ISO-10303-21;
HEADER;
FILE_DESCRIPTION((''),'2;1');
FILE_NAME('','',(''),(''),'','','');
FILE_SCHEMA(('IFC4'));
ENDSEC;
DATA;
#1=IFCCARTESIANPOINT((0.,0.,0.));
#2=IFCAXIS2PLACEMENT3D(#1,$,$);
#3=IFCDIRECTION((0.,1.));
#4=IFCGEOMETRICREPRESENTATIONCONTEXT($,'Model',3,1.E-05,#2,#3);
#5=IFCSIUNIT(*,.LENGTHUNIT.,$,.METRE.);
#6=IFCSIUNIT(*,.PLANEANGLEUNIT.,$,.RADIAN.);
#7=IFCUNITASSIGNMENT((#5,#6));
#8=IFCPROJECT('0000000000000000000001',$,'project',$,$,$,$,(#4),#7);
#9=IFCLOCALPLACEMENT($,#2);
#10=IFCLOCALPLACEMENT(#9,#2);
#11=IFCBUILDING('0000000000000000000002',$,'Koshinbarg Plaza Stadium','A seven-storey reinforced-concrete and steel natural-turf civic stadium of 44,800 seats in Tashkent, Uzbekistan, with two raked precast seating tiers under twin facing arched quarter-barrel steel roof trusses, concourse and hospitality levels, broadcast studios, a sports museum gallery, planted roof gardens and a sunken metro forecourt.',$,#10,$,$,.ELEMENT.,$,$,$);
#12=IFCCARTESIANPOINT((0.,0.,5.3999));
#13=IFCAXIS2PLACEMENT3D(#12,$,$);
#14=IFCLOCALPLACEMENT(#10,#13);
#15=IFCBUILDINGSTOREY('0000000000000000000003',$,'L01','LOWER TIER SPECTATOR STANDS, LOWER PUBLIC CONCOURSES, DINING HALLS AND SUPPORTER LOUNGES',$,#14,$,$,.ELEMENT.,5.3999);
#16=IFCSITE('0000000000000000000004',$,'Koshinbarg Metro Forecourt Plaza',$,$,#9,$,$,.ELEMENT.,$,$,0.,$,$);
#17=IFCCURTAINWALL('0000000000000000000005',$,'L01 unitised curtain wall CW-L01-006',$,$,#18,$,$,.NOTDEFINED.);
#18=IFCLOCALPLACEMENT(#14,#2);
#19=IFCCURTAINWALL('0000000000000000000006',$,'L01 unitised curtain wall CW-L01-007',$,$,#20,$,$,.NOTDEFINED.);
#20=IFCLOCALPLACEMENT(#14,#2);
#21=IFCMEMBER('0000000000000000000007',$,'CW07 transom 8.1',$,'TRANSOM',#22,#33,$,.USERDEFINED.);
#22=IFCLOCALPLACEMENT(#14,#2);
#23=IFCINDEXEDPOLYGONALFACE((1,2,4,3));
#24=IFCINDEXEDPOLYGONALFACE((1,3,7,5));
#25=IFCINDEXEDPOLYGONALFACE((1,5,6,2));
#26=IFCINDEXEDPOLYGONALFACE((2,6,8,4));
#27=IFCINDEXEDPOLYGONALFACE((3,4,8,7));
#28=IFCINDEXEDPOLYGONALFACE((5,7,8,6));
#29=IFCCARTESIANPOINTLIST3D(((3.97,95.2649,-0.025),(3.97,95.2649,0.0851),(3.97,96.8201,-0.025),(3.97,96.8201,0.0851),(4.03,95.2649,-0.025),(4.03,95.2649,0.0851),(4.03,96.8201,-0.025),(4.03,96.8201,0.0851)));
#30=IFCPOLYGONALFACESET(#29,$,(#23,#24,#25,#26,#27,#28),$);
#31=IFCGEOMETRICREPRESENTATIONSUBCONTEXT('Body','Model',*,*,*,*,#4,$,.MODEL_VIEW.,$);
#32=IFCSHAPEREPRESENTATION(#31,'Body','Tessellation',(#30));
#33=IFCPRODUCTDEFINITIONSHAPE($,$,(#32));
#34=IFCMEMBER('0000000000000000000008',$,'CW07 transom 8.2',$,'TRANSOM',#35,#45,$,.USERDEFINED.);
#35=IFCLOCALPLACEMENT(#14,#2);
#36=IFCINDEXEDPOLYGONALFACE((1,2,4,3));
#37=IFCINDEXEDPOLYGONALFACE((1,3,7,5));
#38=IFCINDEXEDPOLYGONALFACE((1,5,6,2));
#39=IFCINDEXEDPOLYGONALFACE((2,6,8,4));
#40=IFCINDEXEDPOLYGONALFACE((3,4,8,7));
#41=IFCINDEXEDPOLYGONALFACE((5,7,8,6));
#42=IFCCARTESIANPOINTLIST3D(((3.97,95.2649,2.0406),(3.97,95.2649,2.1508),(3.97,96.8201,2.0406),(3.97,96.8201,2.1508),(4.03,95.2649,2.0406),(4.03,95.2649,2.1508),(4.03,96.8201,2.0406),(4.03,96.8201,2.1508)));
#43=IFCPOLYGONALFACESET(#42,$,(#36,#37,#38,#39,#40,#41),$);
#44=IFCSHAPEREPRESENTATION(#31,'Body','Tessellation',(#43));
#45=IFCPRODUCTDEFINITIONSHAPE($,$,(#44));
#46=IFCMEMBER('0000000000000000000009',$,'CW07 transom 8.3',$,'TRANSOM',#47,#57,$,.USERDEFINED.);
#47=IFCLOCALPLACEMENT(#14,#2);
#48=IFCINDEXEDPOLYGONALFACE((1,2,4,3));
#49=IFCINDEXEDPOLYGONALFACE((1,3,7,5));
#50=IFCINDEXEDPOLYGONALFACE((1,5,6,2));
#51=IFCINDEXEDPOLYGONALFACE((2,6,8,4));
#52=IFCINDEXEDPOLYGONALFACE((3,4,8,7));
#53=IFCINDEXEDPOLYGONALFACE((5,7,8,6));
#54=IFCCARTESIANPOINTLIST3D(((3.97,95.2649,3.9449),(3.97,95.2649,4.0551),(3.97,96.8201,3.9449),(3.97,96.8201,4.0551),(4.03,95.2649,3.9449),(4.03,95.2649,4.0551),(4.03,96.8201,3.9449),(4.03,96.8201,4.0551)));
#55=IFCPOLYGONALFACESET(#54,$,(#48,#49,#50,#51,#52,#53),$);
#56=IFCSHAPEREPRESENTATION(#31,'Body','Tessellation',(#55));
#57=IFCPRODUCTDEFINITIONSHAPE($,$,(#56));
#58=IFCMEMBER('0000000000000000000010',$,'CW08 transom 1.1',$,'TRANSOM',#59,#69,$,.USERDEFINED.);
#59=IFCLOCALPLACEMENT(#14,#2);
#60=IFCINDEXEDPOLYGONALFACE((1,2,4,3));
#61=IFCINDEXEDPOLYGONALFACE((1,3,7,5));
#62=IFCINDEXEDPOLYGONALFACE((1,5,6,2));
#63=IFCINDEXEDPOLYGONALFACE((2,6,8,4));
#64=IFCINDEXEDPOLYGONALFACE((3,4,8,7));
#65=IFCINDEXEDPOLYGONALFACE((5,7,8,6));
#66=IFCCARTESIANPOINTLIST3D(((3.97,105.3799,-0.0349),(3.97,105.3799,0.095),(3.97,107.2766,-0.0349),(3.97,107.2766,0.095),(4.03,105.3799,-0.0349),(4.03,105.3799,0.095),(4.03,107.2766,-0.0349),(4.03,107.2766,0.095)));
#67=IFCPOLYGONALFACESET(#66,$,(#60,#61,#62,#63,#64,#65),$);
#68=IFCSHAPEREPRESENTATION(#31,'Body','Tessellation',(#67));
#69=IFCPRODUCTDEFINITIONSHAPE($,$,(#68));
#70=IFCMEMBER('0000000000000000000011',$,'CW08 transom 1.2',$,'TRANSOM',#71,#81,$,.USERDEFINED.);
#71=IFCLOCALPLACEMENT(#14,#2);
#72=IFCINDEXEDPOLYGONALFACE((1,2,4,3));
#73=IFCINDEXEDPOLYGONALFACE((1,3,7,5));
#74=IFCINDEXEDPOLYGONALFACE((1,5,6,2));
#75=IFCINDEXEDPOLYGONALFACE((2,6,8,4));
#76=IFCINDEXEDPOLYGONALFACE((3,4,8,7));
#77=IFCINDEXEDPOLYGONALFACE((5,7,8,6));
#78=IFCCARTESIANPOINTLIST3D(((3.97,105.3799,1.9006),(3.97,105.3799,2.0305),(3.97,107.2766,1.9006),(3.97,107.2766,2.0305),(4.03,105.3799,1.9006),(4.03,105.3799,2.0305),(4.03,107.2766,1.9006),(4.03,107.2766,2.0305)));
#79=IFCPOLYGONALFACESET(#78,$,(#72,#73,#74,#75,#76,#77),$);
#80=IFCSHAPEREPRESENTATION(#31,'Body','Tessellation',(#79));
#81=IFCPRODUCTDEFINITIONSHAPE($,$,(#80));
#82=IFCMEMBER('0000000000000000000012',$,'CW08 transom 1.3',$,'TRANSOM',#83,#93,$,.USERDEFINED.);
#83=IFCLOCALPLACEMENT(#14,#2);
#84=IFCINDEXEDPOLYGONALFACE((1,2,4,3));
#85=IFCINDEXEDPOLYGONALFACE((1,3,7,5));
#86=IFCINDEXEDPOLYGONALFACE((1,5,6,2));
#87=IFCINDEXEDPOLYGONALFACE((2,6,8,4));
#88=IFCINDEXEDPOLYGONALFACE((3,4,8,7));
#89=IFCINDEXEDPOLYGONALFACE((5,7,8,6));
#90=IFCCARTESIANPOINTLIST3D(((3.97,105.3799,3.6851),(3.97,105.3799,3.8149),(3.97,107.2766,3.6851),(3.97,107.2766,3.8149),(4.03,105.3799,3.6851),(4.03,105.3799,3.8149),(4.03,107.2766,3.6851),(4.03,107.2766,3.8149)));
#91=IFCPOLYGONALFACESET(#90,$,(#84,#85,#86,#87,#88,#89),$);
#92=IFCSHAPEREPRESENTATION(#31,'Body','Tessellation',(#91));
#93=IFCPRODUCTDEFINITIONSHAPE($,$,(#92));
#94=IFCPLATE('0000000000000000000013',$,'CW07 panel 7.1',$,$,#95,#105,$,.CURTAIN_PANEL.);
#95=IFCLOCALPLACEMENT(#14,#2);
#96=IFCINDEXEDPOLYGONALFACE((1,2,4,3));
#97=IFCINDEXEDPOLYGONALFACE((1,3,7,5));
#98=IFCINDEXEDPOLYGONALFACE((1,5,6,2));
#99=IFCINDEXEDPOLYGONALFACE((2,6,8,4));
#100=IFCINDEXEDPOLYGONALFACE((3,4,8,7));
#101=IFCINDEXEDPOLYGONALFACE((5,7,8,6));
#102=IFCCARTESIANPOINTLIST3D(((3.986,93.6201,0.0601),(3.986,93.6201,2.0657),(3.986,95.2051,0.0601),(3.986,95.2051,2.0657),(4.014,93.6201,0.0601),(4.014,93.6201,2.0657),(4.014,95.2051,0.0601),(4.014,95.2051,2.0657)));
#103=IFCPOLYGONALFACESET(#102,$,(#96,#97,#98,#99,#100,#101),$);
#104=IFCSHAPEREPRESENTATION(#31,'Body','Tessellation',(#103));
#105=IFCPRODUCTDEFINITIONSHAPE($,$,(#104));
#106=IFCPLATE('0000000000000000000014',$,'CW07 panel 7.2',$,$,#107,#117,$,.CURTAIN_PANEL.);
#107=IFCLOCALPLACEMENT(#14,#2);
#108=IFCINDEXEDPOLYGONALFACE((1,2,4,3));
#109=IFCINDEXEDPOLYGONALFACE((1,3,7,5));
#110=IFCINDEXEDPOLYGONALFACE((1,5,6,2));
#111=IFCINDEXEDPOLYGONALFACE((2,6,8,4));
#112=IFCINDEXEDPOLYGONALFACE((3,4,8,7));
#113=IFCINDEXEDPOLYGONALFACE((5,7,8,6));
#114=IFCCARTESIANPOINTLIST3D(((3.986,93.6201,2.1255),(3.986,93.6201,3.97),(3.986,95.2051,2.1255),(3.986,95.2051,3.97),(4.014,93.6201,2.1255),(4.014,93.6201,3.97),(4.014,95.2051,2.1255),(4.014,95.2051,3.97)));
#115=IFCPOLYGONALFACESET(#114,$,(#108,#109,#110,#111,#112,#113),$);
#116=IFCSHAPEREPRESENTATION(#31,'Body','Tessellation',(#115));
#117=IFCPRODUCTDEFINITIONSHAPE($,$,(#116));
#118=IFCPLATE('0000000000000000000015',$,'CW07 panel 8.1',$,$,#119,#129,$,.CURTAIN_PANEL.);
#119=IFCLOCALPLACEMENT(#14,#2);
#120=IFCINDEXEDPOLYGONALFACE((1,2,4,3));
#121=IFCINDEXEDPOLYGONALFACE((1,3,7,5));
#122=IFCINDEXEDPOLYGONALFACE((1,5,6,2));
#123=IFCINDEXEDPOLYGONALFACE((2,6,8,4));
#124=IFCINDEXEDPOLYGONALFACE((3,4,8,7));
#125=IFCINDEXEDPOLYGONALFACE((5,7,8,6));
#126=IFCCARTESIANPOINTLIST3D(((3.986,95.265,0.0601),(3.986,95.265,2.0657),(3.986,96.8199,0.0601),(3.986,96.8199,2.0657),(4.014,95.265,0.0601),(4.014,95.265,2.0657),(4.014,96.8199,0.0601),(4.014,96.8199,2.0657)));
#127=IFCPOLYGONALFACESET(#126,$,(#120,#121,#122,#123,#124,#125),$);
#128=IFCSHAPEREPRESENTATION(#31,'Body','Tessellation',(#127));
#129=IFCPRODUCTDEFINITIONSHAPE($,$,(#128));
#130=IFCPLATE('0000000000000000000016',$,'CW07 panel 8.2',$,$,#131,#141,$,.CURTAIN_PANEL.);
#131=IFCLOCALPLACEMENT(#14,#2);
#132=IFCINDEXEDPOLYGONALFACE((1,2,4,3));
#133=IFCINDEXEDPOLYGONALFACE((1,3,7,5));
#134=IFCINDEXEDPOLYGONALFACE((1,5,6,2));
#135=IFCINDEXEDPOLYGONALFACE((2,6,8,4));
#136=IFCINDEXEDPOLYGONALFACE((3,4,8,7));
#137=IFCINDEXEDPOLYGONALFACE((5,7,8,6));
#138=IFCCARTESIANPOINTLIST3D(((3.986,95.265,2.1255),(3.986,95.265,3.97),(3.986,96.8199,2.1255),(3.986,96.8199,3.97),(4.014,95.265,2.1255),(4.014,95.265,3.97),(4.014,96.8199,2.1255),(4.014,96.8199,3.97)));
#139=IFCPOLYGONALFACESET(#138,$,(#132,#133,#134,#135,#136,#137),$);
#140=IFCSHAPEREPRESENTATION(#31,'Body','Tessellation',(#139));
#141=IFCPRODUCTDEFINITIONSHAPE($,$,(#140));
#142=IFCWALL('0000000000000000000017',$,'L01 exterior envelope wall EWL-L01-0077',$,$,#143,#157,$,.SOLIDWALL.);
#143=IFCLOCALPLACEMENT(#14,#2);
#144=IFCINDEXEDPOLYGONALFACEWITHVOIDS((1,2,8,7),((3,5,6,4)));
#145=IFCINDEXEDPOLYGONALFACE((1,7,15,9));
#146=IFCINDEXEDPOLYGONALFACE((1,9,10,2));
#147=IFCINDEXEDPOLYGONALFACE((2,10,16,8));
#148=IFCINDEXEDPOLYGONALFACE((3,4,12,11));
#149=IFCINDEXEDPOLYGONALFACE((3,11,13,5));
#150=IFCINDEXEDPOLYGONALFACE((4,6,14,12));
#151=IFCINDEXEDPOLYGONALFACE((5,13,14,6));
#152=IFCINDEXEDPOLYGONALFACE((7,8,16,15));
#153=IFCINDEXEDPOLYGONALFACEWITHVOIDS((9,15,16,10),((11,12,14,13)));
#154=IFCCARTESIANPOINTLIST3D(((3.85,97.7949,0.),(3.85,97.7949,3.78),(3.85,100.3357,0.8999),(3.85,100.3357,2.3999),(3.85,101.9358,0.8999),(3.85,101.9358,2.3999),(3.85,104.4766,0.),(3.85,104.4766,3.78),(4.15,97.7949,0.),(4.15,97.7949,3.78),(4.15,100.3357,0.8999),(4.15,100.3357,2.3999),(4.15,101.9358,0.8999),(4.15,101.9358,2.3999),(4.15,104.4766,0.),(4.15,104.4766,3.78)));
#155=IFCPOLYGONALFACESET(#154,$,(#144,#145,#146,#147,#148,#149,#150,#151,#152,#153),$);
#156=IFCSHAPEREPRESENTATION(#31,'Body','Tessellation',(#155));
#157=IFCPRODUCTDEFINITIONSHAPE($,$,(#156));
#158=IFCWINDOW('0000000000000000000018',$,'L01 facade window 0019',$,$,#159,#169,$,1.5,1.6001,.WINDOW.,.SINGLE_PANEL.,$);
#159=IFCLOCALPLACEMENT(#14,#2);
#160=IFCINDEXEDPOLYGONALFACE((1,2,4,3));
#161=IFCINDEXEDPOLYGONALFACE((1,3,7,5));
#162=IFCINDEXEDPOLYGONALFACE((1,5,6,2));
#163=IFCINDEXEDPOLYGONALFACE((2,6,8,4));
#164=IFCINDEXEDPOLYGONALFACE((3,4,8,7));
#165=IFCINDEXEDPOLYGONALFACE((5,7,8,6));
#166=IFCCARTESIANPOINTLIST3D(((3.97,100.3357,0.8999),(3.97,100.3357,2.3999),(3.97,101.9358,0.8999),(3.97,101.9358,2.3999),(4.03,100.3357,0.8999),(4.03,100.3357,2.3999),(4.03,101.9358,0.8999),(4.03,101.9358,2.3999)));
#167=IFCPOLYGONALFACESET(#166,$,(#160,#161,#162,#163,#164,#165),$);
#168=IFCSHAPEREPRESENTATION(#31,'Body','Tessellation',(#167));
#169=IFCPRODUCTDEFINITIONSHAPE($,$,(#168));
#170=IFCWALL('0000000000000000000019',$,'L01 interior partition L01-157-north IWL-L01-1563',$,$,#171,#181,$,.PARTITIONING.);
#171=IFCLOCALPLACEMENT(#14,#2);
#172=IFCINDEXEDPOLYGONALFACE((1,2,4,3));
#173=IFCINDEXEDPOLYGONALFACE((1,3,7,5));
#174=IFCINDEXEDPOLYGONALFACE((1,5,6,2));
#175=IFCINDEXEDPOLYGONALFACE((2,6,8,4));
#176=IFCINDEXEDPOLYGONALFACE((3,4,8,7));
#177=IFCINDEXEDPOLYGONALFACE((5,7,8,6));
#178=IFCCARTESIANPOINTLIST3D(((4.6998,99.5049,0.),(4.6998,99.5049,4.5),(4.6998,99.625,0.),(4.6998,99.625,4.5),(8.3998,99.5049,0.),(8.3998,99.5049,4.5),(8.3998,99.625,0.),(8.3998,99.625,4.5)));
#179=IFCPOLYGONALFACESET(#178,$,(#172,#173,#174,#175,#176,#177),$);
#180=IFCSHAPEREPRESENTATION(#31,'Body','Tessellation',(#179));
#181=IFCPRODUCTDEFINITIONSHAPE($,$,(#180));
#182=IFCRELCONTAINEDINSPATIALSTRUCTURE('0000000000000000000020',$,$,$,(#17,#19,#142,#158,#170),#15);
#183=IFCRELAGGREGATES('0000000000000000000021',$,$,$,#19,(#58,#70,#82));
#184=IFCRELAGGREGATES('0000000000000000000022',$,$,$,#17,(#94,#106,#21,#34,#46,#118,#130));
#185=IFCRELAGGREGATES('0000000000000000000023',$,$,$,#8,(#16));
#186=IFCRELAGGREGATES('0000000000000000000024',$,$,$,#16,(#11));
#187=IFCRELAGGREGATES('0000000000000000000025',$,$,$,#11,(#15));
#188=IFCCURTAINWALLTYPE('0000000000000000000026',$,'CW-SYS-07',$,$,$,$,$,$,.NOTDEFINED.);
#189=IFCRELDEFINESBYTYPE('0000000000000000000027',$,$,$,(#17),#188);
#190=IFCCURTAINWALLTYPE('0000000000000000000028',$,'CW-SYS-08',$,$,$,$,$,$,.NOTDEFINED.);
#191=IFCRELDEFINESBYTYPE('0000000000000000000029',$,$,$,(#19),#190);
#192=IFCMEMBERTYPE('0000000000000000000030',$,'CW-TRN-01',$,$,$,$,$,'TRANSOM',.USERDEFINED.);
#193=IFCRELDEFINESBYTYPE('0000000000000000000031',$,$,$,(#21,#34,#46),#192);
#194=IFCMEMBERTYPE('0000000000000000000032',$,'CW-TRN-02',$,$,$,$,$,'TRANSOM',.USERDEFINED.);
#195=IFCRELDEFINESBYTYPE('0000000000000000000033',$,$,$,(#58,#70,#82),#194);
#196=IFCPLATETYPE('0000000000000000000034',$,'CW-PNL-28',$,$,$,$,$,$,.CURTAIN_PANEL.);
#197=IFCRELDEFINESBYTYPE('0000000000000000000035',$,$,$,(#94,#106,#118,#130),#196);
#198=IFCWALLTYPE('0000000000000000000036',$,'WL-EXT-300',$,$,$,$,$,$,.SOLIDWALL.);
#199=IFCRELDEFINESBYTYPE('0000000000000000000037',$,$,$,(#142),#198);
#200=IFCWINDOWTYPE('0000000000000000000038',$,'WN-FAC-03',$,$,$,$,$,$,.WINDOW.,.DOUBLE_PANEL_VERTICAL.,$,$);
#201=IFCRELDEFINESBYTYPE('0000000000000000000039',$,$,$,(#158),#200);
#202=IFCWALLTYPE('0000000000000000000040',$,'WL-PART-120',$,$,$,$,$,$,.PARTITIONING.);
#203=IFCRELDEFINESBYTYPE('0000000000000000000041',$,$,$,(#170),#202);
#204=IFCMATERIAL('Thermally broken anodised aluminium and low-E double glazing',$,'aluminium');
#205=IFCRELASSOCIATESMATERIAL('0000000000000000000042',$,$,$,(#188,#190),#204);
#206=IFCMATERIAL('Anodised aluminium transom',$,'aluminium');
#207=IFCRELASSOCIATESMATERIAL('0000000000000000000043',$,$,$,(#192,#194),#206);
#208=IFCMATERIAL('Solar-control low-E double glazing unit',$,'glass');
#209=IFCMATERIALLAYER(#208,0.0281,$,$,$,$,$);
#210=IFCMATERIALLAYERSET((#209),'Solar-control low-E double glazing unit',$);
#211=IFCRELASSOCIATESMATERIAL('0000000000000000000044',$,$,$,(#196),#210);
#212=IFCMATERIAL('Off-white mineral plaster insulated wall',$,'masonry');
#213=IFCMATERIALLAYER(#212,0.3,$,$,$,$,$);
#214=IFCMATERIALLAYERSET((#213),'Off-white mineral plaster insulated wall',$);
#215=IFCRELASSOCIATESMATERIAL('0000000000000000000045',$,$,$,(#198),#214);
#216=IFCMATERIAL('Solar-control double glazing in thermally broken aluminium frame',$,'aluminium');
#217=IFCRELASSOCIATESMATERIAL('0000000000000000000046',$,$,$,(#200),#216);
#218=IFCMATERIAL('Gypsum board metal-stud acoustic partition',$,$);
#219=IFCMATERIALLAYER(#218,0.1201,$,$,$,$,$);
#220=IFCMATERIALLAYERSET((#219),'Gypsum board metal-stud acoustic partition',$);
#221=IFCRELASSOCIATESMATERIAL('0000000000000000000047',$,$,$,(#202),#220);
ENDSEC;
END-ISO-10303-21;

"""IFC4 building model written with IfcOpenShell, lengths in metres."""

from ifc_helpers import new_model, si_unit, direction, frame, frame_2d, origin, origin_2d, place, context, subcontext, project, spatial, rectangle, extrude, material, layer, layer_set, material_profile, profile_set, type_object, element, fill, aggregate, save


model = new_model("IFC4")

# Units and contexts
model_context = context("Model", 3, precision=1e-05, world=origin(), true_north=direction((0.0, 1.0)))
body_context = subcontext(model_context, "Body", "Model", "MODEL_VIEW")
ifc_project = project(units=[si_unit("LENGTHUNIT", "METRE"), si_unit("PLANEANGLEUNIT", "RADIAN")], contexts=[model_context])

# Site, building, storey
site_placement = place(None, origin())
site = spatial("IfcSite", under=ifc_project, at=site_placement, Name="Koshinbarg Metro Forecourt Plaza", CompositionType="ELEMENT", RefElevation=0.0)
building_placement = place(site_placement, origin())
building = spatial("IfcBuilding", under=site, at=building_placement, Name="Koshinbarg Plaza Stadium", Description="A seven-storey reinforced-concrete and steel natural-turf civic stadium of 44,800 seats in Tashkent, Uzbekistan, with two raked precast seating tiers under twin facing arched quarter-barrel steel roof trusses, concourse and hospitality levels, broadcast studios, a sports museum gallery, planted roof gardens and a sunken metro forecourt.", CompositionType="ELEMENT")
storey_placement = place(building_placement, frame((0.0, 0.0, 5.3999)))
storey = spatial("IfcBuildingStorey", under=building, at=storey_placement, Name="L01", Description="LOWER TIER SPECTATOR STANDS, LOWER PUBLIC CONCOURSES, DINING HALLS AND SUPPORTER LOUNGES", CompositionType="ELEMENT", Elevation=5.3999)

# Curtain wall
ifc_material_1 = material(Name="Thermally broken anodised aluminium and low-E double glazing", Category="aluminium")
curtain_wall_type_1 = type_object("IfcCurtainWallType", Name="CW-SYS-07", PredefinedType="NOTDEFINED", material=ifc_material_1)
curtain_wall_1_placement = place(storey_placement, origin())
curtain_wall_1 = element("IfcCurtainWall", 1, at=curtain_wall_1_placement, inside=storey, type_object=curtain_wall_type_1, Name="L01 unitised curtain wall CW-L01-006", PredefinedType="NOTDEFINED")

# Curtain wall
curtain_wall_type_2 = type_object("IfcCurtainWallType", Name="CW-SYS-08", PredefinedType="NOTDEFINED", material=ifc_material_1)
curtain_wall_2_placement = place(storey_placement, origin())
curtain_wall_2 = element("IfcCurtainWall", 2, at=curtain_wall_2_placement, inside=storey, type_object=curtain_wall_type_2, Name="L01 unitised curtain wall CW-L01-007", PredefinedType="NOTDEFINED")

# Members
ifc_material_2 = material(Name="Anodised aluminium transom", Category="aluminium")
ifc_material_profile_1 = material_profile(ifc_material_2, rectangle(XDim=0.0601, YDim=0.1101, at=origin_2d()), Name="ALU 60x110")
ifc_profile_set_1 = profile_set([ifc_material_profile_1], Name="Anodised aluminium transom")
member_type_1 = type_object("IfcMemberType", Name="CW-TRN-01", ElementType="TRANSOM", PredefinedType="USERDEFINED", material=ifc_profile_set_1)
member_1_placement = place(storey_placement, frame((4.0, 95.2649, 0.03), z_axis=(0.0, 1.0, 0.0), x_axis=(-1.0, 0.0, 0.0)))
member_1 = element("IfcMember", 3, at=member_1_placement, type_object=member_type_1, Name="CW07 transom 8.1", ObjectType="TRANSOM", PredefinedType="USERDEFINED", context=body_context, shape_type="SweptSolid", body=[
    extrude(rectangle(XDim=0.0601, YDim=0.1101, at=origin_2d()), origin(), (0.0, 0.0, 1.0), 1.5552),
])
member_2_placement = place(storey_placement, frame((4.0, 95.2649, 2.0957), z_axis=(0.0, 1.0, 0.0), x_axis=(-1.0, 0.0, 0.0)))
member_2 = element("IfcMember", 4, at=member_2_placement, type_object=member_type_1, Name="CW07 transom 8.2", ObjectType="TRANSOM", PredefinedType="USERDEFINED", context=body_context, shape_type="SweptSolid", body=[
    extrude(rectangle(XDim=0.0601, YDim=0.1101, at=origin_2d()), origin(), (0.0, 0.0, 1.0), 1.5552),
])
member_3_placement = place(storey_placement, frame((4.0, 95.2649, 4.0), z_axis=(0.0, 1.0, 0.0), x_axis=(-1.0, 0.0, 0.0)))
member_3 = element("IfcMember", 5, at=member_3_placement, type_object=member_type_1, Name="CW07 transom 8.3", ObjectType="TRANSOM", PredefinedType="USERDEFINED", context=body_context, shape_type="SweptSolid", body=[
    extrude(rectangle(XDim=0.0601, YDim=0.1101, at=origin_2d()), origin(), (0.0, 0.0, 1.0), 1.5552),
])
ifc_material_profile_2 = material_profile(ifc_material_2, rectangle(XDim=0.0601, YDim=0.1299, at=origin_2d()), Name="ALU 60x130")
ifc_profile_set_2 = profile_set([ifc_material_profile_2], Name="Anodised aluminium transom")
member_type_2 = type_object("IfcMemberType", Name="CW-TRN-02", ElementType="TRANSOM", PredefinedType="USERDEFINED", material=ifc_profile_set_2)
member_4_placement = place(storey_placement, frame((4.0, 105.3799, 0.03), z_axis=(0.0, 1.0, 0.0), x_axis=(-1.0, 0.0, 0.0)))
member_4 = element("IfcMember", 6, at=member_4_placement, type_object=member_type_2, Name="CW08 transom 1.1", ObjectType="TRANSOM", PredefinedType="USERDEFINED", context=body_context, shape_type="SweptSolid", body=[
    extrude(rectangle(XDim=0.0601, YDim=0.1299, at=origin_2d()), origin(), (0.0, 0.0, 1.0), 1.8967),
])
member_5_placement = place(storey_placement, frame((4.0, 105.3799, 1.9656), z_axis=(0.0, 1.0, 0.0), x_axis=(-1.0, 0.0, 0.0)))
member_5 = element("IfcMember", 7, at=member_5_placement, type_object=member_type_2, Name="CW08 transom 1.2", ObjectType="TRANSOM", PredefinedType="USERDEFINED", context=body_context, shape_type="SweptSolid", body=[
    extrude(rectangle(XDim=0.0601, YDim=0.1299, at=origin_2d()), origin(), (0.0, 0.0, 1.0), 1.8967),
])
member_6_placement = place(storey_placement, frame((4.0, 105.3799, 3.75), z_axis=(0.0, 1.0, 0.0), x_axis=(-1.0, 0.0, 0.0)))
member_6 = element("IfcMember", 8, at=member_6_placement, type_object=member_type_2, Name="CW08 transom 1.3", ObjectType="TRANSOM", PredefinedType="USERDEFINED", context=body_context, shape_type="SweptSolid", body=[
    extrude(rectangle(XDim=0.0601, YDim=0.1299, at=origin_2d()), origin(), (0.0, 0.0, 1.0), 1.8967),
])
aggregate(curtain_wall_2, [member_4, member_5, member_6])

# Plates
ifc_material_3 = material(Name="Solar-control low-E double glazing unit", Category="glass")
ifc_layer_1 = layer(ifc_material_3, 0.0281)
ifc_layer_set_1 = layer_set([ifc_layer_1], Name="Solar-control low-E double glazing unit")
plate_type = type_object("IfcPlateType", Name="CW-PNL-28", PredefinedType="CURTAIN_PANEL", material=ifc_layer_set_1)
plate_1_placement = place(storey_placement, frame((4.0, 94.4126, 0.0601), z_axis=(0.0, 0.0, 1.0), x_axis=(0.0, 1.0, 0.0)))
plate_1 = element("IfcPlate", 9, at=plate_1_placement, type_object=plate_type, Name="CW07 panel 7.1", PredefinedType="CURTAIN_PANEL", context=body_context, shape_type="SweptSolid", body=[
    extrude(rectangle(XDim=1.585, YDim=0.0281, at=origin_2d()), origin(), (0.0, 0.0, 1.0), 2.0056),
])
plate_2_placement = place(storey_placement, frame((4.0, 94.4126, 2.1255), z_axis=(0.0, 0.0, 1.0), x_axis=(0.0, 1.0, 0.0)))
plate_2 = element("IfcPlate", 10, at=plate_2_placement, type_object=plate_type, Name="CW07 panel 7.2", PredefinedType="CURTAIN_PANEL", context=body_context, shape_type="SweptSolid", body=[
    extrude(rectangle(XDim=1.585, YDim=0.0281, at=origin_2d()), origin(), (0.0, 0.0, 1.0), 1.8445),
])
plate_3_placement = place(storey_placement, frame((4.0, 96.0425, 0.0601), z_axis=(0.0, 0.0, 1.0), x_axis=(0.0, 1.0, 0.0)))
plate_3 = element("IfcPlate", 11, at=plate_3_placement, type_object=plate_type, Name="CW07 panel 8.1", PredefinedType="CURTAIN_PANEL", context=body_context, shape_type="SweptSolid", body=[
    extrude(rectangle(XDim=1.5549, YDim=0.0281, at=origin_2d()), origin(), (0.0, 0.0, 1.0), 2.0056),
])
plate_4_placement = place(storey_placement, frame((4.0, 96.0425, 2.1255), z_axis=(0.0, 0.0, 1.0), x_axis=(0.0, 1.0, 0.0)))
plate_4 = element("IfcPlate", 12, at=plate_4_placement, type_object=plate_type, Name="CW07 panel 8.2", PredefinedType="CURTAIN_PANEL", context=body_context, shape_type="SweptSolid", body=[
    extrude(rectangle(XDim=1.5549, YDim=0.0281, at=origin_2d()), origin(), (0.0, 0.0, 1.0), 1.8445),
])
aggregate(curtain_wall_1, [plate_1, plate_2, member_1, member_2, member_3, plate_3, plate_4])

# Wall, opening, window
ifc_material_4 = material(Name="Off-white mineral plaster insulated wall", Category="masonry")
ifc_layer_2 = layer(ifc_material_4, 0.3)
ifc_layer_set_2 = layer_set([ifc_layer_2], Name="Off-white mineral plaster insulated wall")
wall_type_1 = type_object("IfcWallType", Name="WL-EXT-300", PredefinedType="SOLIDWALL", material=ifc_layer_set_2)
wall_1_placement = place(storey_placement, frame((4.0, 97.7949, 0.0), z_axis=(0.0, 0.0, 1.0), x_axis=(0.0, 1.0, 0.0)))
wall_1 = element("IfcWall", 13, at=wall_1_placement, inside=storey, type_object=wall_type_1, Name="L01 exterior envelope wall EWL-L01-0077", PredefinedType="SOLIDWALL", context=body_context, shape_type="SweptSolid", body=[
    extrude(rectangle(XDim=6.6816, YDim=0.3, at=frame_2d((3.3408, 0.0))), origin(), (0.0, 0.0, 1.0), 3.78),
])
opening_1_placement = place(wall_1_placement, frame((2.5408, 0.0, 0.8999)))
opening_1 = element("IfcOpeningElement", 14, at=opening_1_placement, cuts=wall_1, PredefinedType="OPENING", context=body_context, shape_type="SweptSolid", body=[
    extrude(rectangle(XDim=1.6001, YDim=1.5, at=frame_2d((0.8, 0.75))), frame((0.0, 0.1599, 0.0), z_axis=(0.0, -1.0, 0.0), x_axis=(1.0, 0.0, 0.0)), (0.0, 0.0, 1.0), 0.3201),
])
ifc_material_5 = material(Name="Solar-control double glazing in thermally broken aluminium frame", Category="aluminium")
window_type = type_object("IfcWindowType", Name="WN-FAC-03", PartitioningType="DOUBLE_PANEL_VERTICAL", PredefinedType="WINDOW", material=ifc_material_5)
window_placement = place(opening_1_placement, origin())
window = element("IfcWindow", 15, at=window_placement, inside=storey, type_object=window_type, Name="L01 facade window 0019", OverallHeight=1.5, OverallWidth=1.6001, PartitioningType="SINGLE_PANEL", PredefinedType="WINDOW", context=body_context, shape_type="SweptSolid", body=[
    extrude(rectangle(XDim=1.6001, YDim=1.5, at=frame_2d((0.8, 0.75))), frame((0.0, 0.03, 0.0), z_axis=(0.0, -1.0, 0.0), x_axis=(1.0, 0.0, 0.0)), (0.0, 0.0, 1.0), 0.0601),
])
fill(opening_1, window)

# Wall
ifc_material_6 = material(Name="Gypsum board metal-stud acoustic partition")
ifc_layer_3 = layer(ifc_material_6, 0.1201)
ifc_layer_set_3 = layer_set([ifc_layer_3], Name="Gypsum board metal-stud acoustic partition")
wall_type_2 = type_object("IfcWallType", Name="WL-PART-120", PredefinedType="PARTITIONING", material=ifc_layer_set_3)
wall_2_placement = place(storey_placement, frame((8.3999, 99.5649, 0.0), z_axis=(0.0, 0.0, 1.0), x_axis=(-1.0, 0.0, 0.0)))
element("IfcWall", 16, at=wall_2_placement, inside=storey, type_object=wall_type_2, Name="L01 interior partition L01-157-north IWL-L01-1563", PredefinedType="PARTITIONING", context=body_context, shape_type="SweptSolid", body=[
    extrude(rectangle(XDim=3.7, YDim=0.1201, at=frame_2d((1.8501, 0.0))), origin(), (0.0, 0.0, 1.0), 4.5),
])

save(model, "model.ifc")
